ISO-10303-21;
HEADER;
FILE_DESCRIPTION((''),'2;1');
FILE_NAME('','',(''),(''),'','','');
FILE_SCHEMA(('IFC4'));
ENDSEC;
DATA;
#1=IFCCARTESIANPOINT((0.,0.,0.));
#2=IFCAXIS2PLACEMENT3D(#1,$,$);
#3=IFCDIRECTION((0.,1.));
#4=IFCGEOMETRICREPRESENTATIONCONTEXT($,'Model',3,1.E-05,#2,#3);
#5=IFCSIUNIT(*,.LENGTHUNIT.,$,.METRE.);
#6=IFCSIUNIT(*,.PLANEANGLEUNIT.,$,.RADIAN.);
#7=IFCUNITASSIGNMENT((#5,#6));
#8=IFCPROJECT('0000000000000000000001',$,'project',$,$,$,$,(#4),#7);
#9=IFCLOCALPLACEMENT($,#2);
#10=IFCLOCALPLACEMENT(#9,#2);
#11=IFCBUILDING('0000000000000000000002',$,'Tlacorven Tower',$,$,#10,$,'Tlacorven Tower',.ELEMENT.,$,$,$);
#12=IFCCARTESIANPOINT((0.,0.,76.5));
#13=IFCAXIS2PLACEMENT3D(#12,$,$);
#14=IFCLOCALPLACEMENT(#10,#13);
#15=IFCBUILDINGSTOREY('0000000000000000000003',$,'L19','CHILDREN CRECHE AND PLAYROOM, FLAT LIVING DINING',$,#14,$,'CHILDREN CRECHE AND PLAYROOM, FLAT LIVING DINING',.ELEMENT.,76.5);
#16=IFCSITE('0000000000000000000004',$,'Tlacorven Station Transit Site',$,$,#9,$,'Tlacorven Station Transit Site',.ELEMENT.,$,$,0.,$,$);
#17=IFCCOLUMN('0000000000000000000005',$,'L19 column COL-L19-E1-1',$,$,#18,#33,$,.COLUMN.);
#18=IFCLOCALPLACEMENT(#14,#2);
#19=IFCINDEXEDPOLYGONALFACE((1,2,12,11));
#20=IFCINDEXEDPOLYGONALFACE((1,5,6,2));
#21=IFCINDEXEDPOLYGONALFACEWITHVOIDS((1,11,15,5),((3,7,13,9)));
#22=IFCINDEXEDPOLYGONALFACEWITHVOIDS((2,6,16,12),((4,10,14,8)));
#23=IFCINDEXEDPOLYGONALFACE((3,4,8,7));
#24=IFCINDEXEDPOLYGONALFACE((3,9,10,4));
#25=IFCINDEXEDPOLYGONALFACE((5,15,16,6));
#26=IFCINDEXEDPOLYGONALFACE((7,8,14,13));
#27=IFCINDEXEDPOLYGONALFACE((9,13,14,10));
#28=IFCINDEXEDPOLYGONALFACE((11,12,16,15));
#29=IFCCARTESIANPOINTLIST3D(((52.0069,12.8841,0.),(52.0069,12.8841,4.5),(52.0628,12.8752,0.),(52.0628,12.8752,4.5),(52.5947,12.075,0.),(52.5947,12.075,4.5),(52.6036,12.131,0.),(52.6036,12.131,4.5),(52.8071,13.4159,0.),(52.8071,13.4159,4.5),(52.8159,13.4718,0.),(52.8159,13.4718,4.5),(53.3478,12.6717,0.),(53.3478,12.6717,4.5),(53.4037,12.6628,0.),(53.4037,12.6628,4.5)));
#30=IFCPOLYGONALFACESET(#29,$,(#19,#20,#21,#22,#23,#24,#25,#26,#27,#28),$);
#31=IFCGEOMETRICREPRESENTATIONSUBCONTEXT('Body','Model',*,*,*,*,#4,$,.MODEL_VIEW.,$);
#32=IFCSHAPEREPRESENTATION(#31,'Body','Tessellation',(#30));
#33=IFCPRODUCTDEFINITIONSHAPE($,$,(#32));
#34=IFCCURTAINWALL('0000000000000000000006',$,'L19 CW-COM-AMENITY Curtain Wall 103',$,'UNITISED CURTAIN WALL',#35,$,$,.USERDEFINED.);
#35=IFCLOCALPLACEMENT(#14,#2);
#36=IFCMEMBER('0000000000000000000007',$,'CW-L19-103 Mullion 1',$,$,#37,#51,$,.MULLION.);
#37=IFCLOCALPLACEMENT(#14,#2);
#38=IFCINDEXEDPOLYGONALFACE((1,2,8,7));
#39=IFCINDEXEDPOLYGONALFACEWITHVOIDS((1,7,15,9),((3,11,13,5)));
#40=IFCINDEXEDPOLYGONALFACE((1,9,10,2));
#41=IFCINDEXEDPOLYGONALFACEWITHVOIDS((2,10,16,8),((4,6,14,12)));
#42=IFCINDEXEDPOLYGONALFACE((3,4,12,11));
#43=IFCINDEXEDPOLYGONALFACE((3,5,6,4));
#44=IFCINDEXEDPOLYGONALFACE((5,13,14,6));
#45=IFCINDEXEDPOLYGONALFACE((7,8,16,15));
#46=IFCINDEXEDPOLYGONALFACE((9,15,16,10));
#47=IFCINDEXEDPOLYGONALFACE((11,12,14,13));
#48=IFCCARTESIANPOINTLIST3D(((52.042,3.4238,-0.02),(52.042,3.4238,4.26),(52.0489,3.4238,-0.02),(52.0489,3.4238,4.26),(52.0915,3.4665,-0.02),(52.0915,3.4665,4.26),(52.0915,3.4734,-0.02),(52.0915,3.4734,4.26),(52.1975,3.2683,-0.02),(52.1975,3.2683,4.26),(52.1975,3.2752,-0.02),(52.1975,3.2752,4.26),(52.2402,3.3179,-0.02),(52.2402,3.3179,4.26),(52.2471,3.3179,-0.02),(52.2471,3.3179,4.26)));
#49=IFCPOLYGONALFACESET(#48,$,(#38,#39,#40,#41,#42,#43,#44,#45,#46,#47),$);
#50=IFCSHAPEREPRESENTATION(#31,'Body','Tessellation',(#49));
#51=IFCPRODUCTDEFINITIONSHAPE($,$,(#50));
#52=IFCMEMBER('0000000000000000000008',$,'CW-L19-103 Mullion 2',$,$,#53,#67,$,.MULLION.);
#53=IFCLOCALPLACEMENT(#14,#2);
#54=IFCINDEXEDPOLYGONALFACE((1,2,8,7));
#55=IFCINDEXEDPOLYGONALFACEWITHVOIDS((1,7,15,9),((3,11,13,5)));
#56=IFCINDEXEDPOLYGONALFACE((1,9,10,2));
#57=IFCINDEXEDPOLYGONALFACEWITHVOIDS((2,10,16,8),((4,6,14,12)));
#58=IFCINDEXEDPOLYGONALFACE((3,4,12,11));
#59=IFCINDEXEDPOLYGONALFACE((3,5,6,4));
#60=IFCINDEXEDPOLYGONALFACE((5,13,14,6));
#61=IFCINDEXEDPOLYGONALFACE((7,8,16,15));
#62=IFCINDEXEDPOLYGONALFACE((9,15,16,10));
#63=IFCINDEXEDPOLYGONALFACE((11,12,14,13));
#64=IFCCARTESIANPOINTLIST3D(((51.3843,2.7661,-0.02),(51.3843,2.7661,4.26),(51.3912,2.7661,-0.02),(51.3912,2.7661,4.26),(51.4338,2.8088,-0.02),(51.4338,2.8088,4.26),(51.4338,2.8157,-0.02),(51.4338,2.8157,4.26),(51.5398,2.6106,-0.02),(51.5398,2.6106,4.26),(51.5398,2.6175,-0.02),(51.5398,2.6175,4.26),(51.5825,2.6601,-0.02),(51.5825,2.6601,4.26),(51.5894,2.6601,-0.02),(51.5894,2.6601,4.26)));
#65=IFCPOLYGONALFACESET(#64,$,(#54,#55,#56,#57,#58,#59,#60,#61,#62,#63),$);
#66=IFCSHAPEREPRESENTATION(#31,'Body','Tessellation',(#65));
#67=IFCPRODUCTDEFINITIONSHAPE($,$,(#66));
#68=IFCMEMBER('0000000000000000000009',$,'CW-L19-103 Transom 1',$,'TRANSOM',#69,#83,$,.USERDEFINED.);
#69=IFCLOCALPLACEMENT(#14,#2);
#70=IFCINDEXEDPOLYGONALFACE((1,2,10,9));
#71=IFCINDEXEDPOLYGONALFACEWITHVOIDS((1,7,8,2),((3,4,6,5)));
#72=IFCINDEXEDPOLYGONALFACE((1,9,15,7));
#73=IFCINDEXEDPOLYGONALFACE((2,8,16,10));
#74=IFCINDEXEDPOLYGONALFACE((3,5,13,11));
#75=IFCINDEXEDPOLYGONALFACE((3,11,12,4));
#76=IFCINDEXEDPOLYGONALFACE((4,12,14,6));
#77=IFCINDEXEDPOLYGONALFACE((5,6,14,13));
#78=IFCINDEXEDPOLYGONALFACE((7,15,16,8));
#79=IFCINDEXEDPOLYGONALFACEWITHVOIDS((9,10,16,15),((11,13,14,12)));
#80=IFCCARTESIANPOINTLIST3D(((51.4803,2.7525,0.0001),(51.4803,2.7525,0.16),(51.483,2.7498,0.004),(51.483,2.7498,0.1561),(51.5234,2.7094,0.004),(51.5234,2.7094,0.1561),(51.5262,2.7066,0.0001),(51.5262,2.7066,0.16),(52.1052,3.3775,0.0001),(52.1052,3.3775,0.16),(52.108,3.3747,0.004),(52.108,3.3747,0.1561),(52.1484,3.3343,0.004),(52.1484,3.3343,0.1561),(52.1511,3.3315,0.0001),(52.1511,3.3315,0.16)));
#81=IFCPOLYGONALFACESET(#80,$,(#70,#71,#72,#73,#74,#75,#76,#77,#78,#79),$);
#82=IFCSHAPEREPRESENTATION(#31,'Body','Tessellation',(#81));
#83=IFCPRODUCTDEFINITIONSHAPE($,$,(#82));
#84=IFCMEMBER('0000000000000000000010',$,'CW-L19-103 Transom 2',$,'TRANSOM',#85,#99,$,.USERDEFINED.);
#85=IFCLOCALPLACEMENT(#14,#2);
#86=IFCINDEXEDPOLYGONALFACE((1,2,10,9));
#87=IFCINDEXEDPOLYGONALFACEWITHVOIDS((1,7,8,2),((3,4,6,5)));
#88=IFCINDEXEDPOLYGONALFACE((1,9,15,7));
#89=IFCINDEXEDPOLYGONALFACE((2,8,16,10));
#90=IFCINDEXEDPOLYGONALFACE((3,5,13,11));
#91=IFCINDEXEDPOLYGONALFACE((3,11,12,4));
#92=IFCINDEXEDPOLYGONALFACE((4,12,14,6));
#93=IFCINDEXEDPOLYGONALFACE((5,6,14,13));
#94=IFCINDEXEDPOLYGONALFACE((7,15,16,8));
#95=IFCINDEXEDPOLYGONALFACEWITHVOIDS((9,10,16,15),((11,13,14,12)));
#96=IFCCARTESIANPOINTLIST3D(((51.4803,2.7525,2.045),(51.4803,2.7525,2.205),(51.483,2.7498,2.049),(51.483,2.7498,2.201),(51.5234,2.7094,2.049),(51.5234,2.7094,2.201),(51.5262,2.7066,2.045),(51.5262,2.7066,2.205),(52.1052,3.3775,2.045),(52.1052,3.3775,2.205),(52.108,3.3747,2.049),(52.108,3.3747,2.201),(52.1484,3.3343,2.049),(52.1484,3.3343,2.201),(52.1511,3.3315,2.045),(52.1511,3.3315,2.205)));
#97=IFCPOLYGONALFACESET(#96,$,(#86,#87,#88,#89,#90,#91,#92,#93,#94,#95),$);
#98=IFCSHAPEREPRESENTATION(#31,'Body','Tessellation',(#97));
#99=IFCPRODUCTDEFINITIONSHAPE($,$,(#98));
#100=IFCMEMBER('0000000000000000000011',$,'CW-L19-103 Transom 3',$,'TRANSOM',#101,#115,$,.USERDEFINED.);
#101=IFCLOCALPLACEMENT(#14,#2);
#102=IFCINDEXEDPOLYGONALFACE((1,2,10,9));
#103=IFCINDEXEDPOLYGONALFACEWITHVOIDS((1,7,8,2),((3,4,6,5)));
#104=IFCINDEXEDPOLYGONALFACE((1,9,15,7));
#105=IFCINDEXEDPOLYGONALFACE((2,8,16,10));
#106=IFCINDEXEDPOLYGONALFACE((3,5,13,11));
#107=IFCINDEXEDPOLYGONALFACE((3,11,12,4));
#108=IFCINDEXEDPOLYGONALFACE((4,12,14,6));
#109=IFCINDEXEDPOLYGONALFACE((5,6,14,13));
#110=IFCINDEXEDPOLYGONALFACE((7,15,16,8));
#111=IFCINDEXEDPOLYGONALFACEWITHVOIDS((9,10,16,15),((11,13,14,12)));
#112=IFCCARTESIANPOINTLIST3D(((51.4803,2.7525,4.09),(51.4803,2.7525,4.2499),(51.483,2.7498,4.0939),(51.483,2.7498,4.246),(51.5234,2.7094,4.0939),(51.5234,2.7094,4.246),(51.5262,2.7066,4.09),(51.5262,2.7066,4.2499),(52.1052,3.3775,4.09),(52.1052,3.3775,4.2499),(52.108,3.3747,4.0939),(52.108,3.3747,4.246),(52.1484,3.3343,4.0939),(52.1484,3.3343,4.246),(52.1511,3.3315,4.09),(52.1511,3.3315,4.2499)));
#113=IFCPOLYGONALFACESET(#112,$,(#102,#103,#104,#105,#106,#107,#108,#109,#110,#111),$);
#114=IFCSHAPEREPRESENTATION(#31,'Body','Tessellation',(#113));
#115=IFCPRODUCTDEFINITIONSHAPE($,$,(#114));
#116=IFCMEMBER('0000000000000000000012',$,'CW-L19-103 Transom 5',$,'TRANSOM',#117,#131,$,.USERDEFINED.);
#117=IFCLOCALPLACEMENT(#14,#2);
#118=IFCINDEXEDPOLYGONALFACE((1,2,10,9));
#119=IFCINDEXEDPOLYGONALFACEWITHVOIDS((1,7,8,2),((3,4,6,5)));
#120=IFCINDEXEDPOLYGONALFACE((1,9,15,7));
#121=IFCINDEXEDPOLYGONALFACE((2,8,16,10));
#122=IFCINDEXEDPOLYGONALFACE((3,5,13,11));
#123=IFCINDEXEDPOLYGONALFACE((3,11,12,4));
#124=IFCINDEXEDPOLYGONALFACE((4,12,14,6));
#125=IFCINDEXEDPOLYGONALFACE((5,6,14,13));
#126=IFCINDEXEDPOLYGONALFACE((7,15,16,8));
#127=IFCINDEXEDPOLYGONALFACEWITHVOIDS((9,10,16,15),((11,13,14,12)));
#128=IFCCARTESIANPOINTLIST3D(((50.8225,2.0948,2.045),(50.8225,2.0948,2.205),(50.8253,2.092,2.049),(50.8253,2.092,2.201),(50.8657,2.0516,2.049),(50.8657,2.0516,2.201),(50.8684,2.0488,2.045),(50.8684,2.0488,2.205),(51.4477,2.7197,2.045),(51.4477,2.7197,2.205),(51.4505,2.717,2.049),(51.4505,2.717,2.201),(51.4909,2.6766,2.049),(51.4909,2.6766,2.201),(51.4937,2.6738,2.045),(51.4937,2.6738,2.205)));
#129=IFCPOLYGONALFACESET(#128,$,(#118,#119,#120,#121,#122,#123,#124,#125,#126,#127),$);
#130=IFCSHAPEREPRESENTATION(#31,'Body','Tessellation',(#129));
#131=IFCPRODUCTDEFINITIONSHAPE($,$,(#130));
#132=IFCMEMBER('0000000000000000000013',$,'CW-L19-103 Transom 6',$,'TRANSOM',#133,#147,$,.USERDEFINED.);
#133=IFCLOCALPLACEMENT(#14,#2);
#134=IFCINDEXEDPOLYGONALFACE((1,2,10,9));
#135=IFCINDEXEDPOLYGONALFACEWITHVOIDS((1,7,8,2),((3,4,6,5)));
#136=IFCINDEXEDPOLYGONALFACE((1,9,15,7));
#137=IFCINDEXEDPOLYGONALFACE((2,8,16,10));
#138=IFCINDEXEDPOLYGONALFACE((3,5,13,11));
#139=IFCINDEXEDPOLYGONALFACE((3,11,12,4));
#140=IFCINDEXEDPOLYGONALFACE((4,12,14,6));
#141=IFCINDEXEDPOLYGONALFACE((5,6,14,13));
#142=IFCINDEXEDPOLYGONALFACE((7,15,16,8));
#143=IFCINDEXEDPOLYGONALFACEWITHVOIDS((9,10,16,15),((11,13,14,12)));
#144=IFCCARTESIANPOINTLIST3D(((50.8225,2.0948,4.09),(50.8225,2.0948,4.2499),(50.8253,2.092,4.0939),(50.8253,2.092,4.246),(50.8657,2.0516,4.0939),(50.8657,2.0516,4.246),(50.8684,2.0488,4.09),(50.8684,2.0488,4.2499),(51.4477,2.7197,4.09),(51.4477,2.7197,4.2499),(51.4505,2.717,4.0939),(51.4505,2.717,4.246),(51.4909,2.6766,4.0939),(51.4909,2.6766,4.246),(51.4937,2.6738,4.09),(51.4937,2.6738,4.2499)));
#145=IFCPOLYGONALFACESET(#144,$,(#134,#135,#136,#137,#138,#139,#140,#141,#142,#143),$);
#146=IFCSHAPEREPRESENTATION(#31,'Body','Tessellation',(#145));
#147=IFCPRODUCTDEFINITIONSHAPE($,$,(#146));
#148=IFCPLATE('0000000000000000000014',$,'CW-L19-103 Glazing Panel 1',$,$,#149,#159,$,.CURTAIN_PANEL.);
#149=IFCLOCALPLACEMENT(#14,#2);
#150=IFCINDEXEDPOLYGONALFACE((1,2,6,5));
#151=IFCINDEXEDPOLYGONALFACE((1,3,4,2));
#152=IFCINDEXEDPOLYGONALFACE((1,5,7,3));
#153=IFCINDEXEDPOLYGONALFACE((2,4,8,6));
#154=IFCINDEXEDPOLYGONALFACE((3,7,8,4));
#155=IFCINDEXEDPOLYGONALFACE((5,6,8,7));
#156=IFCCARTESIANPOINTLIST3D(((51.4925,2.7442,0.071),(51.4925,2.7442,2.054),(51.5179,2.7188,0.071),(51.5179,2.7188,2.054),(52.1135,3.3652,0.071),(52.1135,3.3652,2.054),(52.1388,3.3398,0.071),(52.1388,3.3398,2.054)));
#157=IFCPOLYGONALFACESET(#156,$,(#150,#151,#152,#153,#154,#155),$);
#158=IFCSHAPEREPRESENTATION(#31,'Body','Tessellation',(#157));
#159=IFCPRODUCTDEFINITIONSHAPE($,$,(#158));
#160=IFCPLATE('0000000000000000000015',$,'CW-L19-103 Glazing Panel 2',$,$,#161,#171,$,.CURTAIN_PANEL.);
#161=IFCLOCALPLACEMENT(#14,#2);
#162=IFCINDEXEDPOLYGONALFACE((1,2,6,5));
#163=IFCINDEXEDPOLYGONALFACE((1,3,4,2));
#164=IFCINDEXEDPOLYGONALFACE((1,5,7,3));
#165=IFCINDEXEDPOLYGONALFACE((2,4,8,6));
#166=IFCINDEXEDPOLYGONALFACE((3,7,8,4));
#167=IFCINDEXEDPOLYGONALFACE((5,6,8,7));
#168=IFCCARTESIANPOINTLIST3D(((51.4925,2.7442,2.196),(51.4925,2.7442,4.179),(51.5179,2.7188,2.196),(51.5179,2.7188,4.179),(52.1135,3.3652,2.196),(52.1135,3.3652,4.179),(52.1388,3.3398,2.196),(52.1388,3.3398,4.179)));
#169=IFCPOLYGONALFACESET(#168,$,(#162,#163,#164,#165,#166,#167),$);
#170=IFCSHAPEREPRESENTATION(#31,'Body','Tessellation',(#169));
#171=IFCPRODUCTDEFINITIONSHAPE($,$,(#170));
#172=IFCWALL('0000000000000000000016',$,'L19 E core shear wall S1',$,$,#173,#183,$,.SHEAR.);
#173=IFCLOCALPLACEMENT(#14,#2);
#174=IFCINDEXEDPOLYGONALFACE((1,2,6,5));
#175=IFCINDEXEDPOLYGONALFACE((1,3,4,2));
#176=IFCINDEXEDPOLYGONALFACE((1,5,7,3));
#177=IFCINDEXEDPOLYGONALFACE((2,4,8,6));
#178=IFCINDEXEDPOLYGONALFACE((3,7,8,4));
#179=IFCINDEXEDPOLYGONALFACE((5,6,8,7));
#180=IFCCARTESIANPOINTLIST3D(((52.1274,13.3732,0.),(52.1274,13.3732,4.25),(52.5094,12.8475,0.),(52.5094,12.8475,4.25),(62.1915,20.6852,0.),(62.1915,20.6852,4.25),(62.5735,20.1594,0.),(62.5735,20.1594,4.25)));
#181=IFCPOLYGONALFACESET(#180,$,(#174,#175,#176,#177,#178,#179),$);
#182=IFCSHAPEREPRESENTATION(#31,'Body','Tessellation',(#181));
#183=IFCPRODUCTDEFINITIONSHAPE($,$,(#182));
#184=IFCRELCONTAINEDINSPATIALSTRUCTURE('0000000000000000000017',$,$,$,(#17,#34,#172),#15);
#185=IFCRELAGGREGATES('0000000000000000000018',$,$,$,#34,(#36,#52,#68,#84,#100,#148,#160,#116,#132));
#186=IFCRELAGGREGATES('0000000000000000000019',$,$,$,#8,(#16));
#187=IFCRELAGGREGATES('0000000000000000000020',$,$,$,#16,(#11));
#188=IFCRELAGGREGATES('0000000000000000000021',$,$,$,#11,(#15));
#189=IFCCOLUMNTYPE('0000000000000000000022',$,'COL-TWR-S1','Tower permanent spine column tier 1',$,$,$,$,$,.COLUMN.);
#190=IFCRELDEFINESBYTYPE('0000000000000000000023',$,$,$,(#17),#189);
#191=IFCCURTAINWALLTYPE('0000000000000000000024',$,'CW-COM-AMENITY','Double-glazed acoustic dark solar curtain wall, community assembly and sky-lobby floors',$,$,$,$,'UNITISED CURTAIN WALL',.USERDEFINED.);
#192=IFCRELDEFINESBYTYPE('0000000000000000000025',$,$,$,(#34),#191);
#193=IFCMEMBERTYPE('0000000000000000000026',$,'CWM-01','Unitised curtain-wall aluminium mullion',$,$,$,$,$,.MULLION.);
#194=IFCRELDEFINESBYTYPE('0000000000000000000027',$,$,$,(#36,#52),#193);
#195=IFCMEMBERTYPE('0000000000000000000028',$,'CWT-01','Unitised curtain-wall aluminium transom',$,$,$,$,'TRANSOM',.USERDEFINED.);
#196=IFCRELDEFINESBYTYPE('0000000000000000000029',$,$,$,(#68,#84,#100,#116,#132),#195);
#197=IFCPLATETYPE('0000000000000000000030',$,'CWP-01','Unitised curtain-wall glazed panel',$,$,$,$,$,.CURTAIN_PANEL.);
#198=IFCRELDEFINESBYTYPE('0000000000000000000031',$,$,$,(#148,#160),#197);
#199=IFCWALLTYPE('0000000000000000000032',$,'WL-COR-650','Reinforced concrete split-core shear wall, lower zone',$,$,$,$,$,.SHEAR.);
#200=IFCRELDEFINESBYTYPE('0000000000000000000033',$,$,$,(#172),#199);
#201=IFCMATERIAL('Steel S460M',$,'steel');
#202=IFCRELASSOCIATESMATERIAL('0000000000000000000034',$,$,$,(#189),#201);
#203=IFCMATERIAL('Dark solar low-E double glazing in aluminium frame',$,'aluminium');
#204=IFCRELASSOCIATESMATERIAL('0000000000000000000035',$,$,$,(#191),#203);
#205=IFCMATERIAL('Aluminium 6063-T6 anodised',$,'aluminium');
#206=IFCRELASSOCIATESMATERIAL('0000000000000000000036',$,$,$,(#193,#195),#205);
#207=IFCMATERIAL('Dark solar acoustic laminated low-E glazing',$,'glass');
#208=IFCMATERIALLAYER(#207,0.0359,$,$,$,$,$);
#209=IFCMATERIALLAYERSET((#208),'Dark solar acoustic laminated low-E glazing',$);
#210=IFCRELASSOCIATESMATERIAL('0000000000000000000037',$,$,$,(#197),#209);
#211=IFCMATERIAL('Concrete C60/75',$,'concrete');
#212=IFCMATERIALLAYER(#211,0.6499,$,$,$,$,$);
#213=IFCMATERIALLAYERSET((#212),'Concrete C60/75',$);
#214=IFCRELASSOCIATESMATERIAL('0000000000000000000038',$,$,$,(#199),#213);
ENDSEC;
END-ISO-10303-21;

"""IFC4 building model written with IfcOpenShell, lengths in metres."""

from ifc_helpers import new_model, si_unit, direction, frame, frame_2d, origin, origin_2d, place, context, subcontext, project, spatial, rectangle, hollow_rectangle, extrude, source, transform, mapped, material, layer, layer_set, material_profile, profile_set, type_object, element, aggregate, save


model = new_model("IFC4")

# Units and contexts
model_context = context("Model", 3, precision=1e-05, world=origin(), true_north=direction((0.0, 1.0)))
body_context = subcontext(model_context, "Body", "Model", "MODEL_VIEW")
ifc_project = project(units=[si_unit("LENGTHUNIT", "METRE"), si_unit("PLANEANGLEUNIT", "RADIAN")], contexts=[model_context])

# Site, building, storey
site_placement = place(None, origin())
site = spatial("IfcSite", under=ifc_project, at=site_placement, Name="Tlacorven Station Transit Site", LongName="Tlacorven Station Transit Site", CompositionType="ELEMENT", RefElevation=0.0)
building_placement = place(site_placement, origin())
building = spatial("IfcBuilding", under=site, at=building_placement, Name="Tlacorven Tower", LongName="Tlacorven Tower", CompositionType="ELEMENT")
storey_placement = place(building_placement, frame((0.0, 0.0, 76.5)))
storey = spatial("IfcBuildingStorey", under=building, at=storey_placement, Name="L19", Description="CHILDREN CRECHE AND PLAYROOM, FLAT LIVING DINING", LongName="CHILDREN CRECHE AND PLAYROOM, FLAT LIVING DINING", CompositionType="ELEMENT", Elevation=76.5)

# Column
ifc_material_1 = material(Name="Steel S460M", Category="steel")
ifc_material_profile_1 = material_profile(ifc_material_1, hollow_rectangle(XDim=1.0, YDim=1.0, WallThickness=0.04, at=origin_2d()), Name="BOX 1000X1000X40")
ifc_profile_set_1 = profile_set([ifc_material_profile_1], Name="Steel S460M")
column_type = type_object("IfcColumnType", Name="COL-TWR-S1", Description="Tower permanent spine column tier 1", PredefinedType="COLUMN", material=ifc_profile_set_1)
shared_shape_1 = source(origin(), body_context, "Body", "SweptSolid", [
    extrude(hollow_rectangle(XDim=1.0, YDim=1.0, WallThickness=0.04, at=origin_2d()), origin(), (0.0, 0.0, 1.0), 4.5),
])
column_placement = place(storey_placement, frame((52.7053, 12.7734, 0.0), z_axis=(0.0, 0.0, 1.0), x_axis=(0.809017, 0.587785, 0.0)))
element("IfcColumn", 1, at=column_placement, inside=storey, type_object=column_type, Name="L19 column COL-L19-E1-1", PredefinedType="COLUMN", context=body_context, shape_type="MappedRepresentation", body=[
    mapped(shared_shape_1, transform((0.0, 0.0, 0.0), scale=1.0)),
])

# Curtain wall, members, plates
ifc_material_2 = material(Name="Dark solar low-E double glazing in aluminium frame", Category="aluminium")
curtain_wall_type = type_object("IfcCurtainWallType", Name="CW-COM-AMENITY", Description="Double-glazed acoustic dark solar curtain wall, community assembly and sky-lobby floors", ElementType="UNITISED CURTAIN WALL", PredefinedType="USERDEFINED", material=ifc_material_2)
curtain_wall_placement = place(storey_placement, origin())
curtain_wall = element("IfcCurtainWall", 2, at=curtain_wall_placement, inside=storey, type_object=curtain_wall_type, Name="L19 CW-COM-AMENITY Curtain Wall 103", ObjectType="UNITISED CURTAIN WALL", PredefinedType="USERDEFINED")
ifc_material_3 = material(Name="Aluminium 6063-T6 anodised", Category="aluminium")
ifc_material_profile_2 = material_profile(ifc_material_3, hollow_rectangle(XDim=0.0701, YDim=0.22, WallThickness=0.0049, at=origin_2d()), Name="ALU MULLION 70X220")
ifc_profile_set_2 = profile_set([ifc_material_profile_2], Name="Aluminium 6063-T6 anodised")
member_type_1 = type_object("IfcMemberType", Name="CWM-01", Description="Unitised curtain-wall aluminium mullion", PredefinedType="MULLION", material=ifc_profile_set_2)
shared_shape_2 = source(origin(), body_context, "Body", "SweptSolid", [
    extrude(hollow_rectangle(XDim=0.0701, YDim=0.22, WallThickness=0.0049, at=origin_2d()), origin(), (0.0, 0.0, 1.0), 4.28),
])
member_1_placement = place(storey_placement, frame((52.1445, 3.3708, -0.02), z_axis=(0.0, 0.0, 1.0), x_axis=(-0.707107, -0.707107, 0.0)))
member_1 = element("IfcMember", 3, at=member_1_placement, type_object=member_type_1, Name="CW-L19-103 Mullion 1", PredefinedType="MULLION", context=body_context, shape_type="MappedRepresentation", body=[
    mapped(shared_shape_2, transform((0.0, 0.0, 0.0), scale=1.0)),
])
member_2_placement = place(storey_placement, frame((51.4868, 2.7131, -0.02), z_axis=(0.0, 0.0, 1.0), x_axis=(-0.707107, -0.707107, 0.0)))
member_2 = element("IfcMember", 4, at=member_2_placement, type_object=member_type_1, Name="CW-L19-103 Mullion 2", PredefinedType="MULLION", context=body_context, shape_type="MappedRepresentation", body=[
    mapped(shared_shape_2, transform((0.0, 0.0, 0.0), scale=1.0)),
])
ifc_material_profile_3 = material_profile(ifc_material_3, hollow_rectangle(XDim=0.0649, YDim=0.1599, WallThickness=0.0039, at=origin_2d()), Name="ALU TRANSOM 65X160")
ifc_profile_set_3 = profile_set([ifc_material_profile_3], Name="Aluminium 6063-T6 anodised")
member_type_2 = type_object("IfcMemberType", Name="CWT-01", Description="Unitised curtain-wall aluminium transom", ElementType="TRANSOM", PredefinedType="USERDEFINED", material=ifc_profile_set_3)
shared_shape_3 = source(origin(), body_context, "Body", "SweptSolid", [
    extrude(hollow_rectangle(XDim=0.0649, YDim=0.1599, WallThickness=0.0039, at=origin_2d()), origin(), (0.0, 0.0, 1.0), 0.8838),
])
member_3_placement = place(storey_placement, frame((52.1282, 3.3545, 0.0801), z_axis=(-0.707107, -0.707107, 0.0), x_axis=(0.707107, -0.707107, 0.0)))
member_3 = element("IfcMember", 5, at=member_3_placement, type_object=member_type_2, Name="CW-L19-103 Transom 1", ObjectType="TRANSOM", PredefinedType="USERDEFINED", context=body_context, shape_type="MappedRepresentation", body=[
    mapped(shared_shape_3, transform((0.0, 0.0, 0.0), scale=1.0)),
])
member_4_placement = place(storey_placement, frame((52.1282, 3.3545, 2.125), z_axis=(-0.707107, -0.707107, 0.0), x_axis=(0.707107, -0.707107, 0.0)))
member_4 = element("IfcMember", 6, at=member_4_placement, type_object=member_type_2, Name="CW-L19-103 Transom 2", ObjectType="TRANSOM", PredefinedType="USERDEFINED", context=body_context, shape_type="MappedRepresentation", body=[
    mapped(shared_shape_3, transform((0.0, 0.0, 0.0), scale=1.0)),
])
member_5_placement = place(storey_placement, frame((52.1282, 3.3545, 4.1699), z_axis=(-0.707107, -0.707107, 0.0), x_axis=(0.707107, -0.707107, 0.0)))
member_5 = element("IfcMember", 7, at=member_5_placement, type_object=member_type_2, Name="CW-L19-103 Transom 3", ObjectType="TRANSOM", PredefinedType="USERDEFINED", context=body_context, shape_type="MappedRepresentation", body=[
    mapped(shared_shape_3, transform((0.0, 0.0, 0.0), scale=1.0)),
])
shared_shape_4 = source(origin(), body_context, "Body", "SweptSolid", [
    extrude(hollow_rectangle(XDim=0.0649, YDim=0.1599, WallThickness=0.0039, at=origin_2d()), origin(), (0.0, 0.0, 1.0), 0.884),
])
member_6_placement = place(storey_placement, frame((51.4707, 2.6968, 2.125), z_axis=(-0.707245, -0.706969, 0.0), x_axis=(0.706969, -0.707245, 0.0)))
member_6 = element("IfcMember", 8, at=member_6_placement, type_object=member_type_2, Name="CW-L19-103 Transom 5", ObjectType="TRANSOM", PredefinedType="USERDEFINED", context=body_context, shape_type="MappedRepresentation", body=[
    mapped(shared_shape_4, transform((0.0, 0.0, 0.0), scale=1.0)),
])
member_7_placement = place(storey_placement, frame((51.4707, 2.6968, 4.1699), z_axis=(-0.707245, -0.706969, 0.0), x_axis=(0.706969, -0.707245, 0.0)))
member_7 = element("IfcMember", 9, at=member_7_placement, type_object=member_type_2, Name="CW-L19-103 Transom 6", ObjectType="TRANSOM", PredefinedType="USERDEFINED", context=body_context, shape_type="MappedRepresentation", body=[
    mapped(shared_shape_4, transform((0.0, 0.0, 0.0), scale=1.0)),
])
ifc_material_4 = material(Name="Dark solar acoustic laminated low-E glazing", Category="glass")
ifc_layer_1 = layer(ifc_material_4, 0.0359)
ifc_layer_set_1 = layer_set([ifc_layer_1], Name="Dark solar acoustic laminated low-E glazing")
plate_type = type_object("IfcPlateType", Name="CWP-01", Description="Unitised curtain-wall glazed panel", PredefinedType="CURTAIN_PANEL", material=ifc_layer_set_1)
shared_shape_5 = source(origin(), body_context, "Body", "SweptSolid", [
    extrude(rectangle(XDim=0.8782, YDim=0.0359, at=origin_2d()), origin(), (0.0, 0.0, 1.0), 1.9829),
])
plate_1_placement = place(storey_placement, frame((51.8157, 3.042, 0.071), z_axis=(0.0, 0.0, 1.0), x_axis=(-0.707107, -0.707107, 0.0)))
plate_1 = element("IfcPlate", 10, at=plate_1_placement, type_object=plate_type, Name="CW-L19-103 Glazing Panel 1", PredefinedType="CURTAIN_PANEL", context=body_context, shape_type="MappedRepresentation", body=[
    mapped(shared_shape_5, transform((0.0, 0.0, 0.0), scale=1.0)),
])
plate_2_placement = place(storey_placement, frame((51.8157, 3.042, 2.196), z_axis=(0.0, 0.0, 1.0), x_axis=(-0.707107, -0.707107, 0.0)))
plate_2 = element("IfcPlate", 11, at=plate_2_placement, type_object=plate_type, Name="CW-L19-103 Glazing Panel 2", PredefinedType="CURTAIN_PANEL", context=body_context, shape_type="MappedRepresentation", body=[
    mapped(shared_shape_5, transform((0.0, 0.0, 0.0), scale=1.0)),
])
aggregate(curtain_wall, [member_1, member_2, member_3, member_4, member_5, plate_1, plate_2, member_6, member_7])

# Wall
ifc_material_5 = material(Name="Concrete C60/75", Category="concrete")
ifc_layer_2 = layer(ifc_material_5, 0.6499)
ifc_layer_set_2 = layer_set([ifc_layer_2], Name="Concrete C60/75")
wall_type_1 = type_object("IfcWallType", Name="WL-COR-650", Description="Reinforced concrete split-core shear wall, lower zone", PredefinedType="SHEAR", material=ifc_layer_set_2)
wall_1_placement = place(storey_placement, frame((52.3184, 13.1104, 0.0), z_axis=(0.0, 0.0, 1.0), x_axis=(0.809019, 0.587782, 0.0)))
element("IfcWall", 12, at=wall_1_placement, inside=storey, type_object=wall_type_1, Name="L19 E core shear wall S1", PredefinedType="SHEAR", context=body_context, shape_type="SweptSolid", body=[
    extrude(rectangle(XDim=12.4399, YDim=0.6499, at=frame_2d((6.22, 0.0))), origin(), (0.0, 0.0, 1.0), 4.25),
])

save(model, "model.ifc")
